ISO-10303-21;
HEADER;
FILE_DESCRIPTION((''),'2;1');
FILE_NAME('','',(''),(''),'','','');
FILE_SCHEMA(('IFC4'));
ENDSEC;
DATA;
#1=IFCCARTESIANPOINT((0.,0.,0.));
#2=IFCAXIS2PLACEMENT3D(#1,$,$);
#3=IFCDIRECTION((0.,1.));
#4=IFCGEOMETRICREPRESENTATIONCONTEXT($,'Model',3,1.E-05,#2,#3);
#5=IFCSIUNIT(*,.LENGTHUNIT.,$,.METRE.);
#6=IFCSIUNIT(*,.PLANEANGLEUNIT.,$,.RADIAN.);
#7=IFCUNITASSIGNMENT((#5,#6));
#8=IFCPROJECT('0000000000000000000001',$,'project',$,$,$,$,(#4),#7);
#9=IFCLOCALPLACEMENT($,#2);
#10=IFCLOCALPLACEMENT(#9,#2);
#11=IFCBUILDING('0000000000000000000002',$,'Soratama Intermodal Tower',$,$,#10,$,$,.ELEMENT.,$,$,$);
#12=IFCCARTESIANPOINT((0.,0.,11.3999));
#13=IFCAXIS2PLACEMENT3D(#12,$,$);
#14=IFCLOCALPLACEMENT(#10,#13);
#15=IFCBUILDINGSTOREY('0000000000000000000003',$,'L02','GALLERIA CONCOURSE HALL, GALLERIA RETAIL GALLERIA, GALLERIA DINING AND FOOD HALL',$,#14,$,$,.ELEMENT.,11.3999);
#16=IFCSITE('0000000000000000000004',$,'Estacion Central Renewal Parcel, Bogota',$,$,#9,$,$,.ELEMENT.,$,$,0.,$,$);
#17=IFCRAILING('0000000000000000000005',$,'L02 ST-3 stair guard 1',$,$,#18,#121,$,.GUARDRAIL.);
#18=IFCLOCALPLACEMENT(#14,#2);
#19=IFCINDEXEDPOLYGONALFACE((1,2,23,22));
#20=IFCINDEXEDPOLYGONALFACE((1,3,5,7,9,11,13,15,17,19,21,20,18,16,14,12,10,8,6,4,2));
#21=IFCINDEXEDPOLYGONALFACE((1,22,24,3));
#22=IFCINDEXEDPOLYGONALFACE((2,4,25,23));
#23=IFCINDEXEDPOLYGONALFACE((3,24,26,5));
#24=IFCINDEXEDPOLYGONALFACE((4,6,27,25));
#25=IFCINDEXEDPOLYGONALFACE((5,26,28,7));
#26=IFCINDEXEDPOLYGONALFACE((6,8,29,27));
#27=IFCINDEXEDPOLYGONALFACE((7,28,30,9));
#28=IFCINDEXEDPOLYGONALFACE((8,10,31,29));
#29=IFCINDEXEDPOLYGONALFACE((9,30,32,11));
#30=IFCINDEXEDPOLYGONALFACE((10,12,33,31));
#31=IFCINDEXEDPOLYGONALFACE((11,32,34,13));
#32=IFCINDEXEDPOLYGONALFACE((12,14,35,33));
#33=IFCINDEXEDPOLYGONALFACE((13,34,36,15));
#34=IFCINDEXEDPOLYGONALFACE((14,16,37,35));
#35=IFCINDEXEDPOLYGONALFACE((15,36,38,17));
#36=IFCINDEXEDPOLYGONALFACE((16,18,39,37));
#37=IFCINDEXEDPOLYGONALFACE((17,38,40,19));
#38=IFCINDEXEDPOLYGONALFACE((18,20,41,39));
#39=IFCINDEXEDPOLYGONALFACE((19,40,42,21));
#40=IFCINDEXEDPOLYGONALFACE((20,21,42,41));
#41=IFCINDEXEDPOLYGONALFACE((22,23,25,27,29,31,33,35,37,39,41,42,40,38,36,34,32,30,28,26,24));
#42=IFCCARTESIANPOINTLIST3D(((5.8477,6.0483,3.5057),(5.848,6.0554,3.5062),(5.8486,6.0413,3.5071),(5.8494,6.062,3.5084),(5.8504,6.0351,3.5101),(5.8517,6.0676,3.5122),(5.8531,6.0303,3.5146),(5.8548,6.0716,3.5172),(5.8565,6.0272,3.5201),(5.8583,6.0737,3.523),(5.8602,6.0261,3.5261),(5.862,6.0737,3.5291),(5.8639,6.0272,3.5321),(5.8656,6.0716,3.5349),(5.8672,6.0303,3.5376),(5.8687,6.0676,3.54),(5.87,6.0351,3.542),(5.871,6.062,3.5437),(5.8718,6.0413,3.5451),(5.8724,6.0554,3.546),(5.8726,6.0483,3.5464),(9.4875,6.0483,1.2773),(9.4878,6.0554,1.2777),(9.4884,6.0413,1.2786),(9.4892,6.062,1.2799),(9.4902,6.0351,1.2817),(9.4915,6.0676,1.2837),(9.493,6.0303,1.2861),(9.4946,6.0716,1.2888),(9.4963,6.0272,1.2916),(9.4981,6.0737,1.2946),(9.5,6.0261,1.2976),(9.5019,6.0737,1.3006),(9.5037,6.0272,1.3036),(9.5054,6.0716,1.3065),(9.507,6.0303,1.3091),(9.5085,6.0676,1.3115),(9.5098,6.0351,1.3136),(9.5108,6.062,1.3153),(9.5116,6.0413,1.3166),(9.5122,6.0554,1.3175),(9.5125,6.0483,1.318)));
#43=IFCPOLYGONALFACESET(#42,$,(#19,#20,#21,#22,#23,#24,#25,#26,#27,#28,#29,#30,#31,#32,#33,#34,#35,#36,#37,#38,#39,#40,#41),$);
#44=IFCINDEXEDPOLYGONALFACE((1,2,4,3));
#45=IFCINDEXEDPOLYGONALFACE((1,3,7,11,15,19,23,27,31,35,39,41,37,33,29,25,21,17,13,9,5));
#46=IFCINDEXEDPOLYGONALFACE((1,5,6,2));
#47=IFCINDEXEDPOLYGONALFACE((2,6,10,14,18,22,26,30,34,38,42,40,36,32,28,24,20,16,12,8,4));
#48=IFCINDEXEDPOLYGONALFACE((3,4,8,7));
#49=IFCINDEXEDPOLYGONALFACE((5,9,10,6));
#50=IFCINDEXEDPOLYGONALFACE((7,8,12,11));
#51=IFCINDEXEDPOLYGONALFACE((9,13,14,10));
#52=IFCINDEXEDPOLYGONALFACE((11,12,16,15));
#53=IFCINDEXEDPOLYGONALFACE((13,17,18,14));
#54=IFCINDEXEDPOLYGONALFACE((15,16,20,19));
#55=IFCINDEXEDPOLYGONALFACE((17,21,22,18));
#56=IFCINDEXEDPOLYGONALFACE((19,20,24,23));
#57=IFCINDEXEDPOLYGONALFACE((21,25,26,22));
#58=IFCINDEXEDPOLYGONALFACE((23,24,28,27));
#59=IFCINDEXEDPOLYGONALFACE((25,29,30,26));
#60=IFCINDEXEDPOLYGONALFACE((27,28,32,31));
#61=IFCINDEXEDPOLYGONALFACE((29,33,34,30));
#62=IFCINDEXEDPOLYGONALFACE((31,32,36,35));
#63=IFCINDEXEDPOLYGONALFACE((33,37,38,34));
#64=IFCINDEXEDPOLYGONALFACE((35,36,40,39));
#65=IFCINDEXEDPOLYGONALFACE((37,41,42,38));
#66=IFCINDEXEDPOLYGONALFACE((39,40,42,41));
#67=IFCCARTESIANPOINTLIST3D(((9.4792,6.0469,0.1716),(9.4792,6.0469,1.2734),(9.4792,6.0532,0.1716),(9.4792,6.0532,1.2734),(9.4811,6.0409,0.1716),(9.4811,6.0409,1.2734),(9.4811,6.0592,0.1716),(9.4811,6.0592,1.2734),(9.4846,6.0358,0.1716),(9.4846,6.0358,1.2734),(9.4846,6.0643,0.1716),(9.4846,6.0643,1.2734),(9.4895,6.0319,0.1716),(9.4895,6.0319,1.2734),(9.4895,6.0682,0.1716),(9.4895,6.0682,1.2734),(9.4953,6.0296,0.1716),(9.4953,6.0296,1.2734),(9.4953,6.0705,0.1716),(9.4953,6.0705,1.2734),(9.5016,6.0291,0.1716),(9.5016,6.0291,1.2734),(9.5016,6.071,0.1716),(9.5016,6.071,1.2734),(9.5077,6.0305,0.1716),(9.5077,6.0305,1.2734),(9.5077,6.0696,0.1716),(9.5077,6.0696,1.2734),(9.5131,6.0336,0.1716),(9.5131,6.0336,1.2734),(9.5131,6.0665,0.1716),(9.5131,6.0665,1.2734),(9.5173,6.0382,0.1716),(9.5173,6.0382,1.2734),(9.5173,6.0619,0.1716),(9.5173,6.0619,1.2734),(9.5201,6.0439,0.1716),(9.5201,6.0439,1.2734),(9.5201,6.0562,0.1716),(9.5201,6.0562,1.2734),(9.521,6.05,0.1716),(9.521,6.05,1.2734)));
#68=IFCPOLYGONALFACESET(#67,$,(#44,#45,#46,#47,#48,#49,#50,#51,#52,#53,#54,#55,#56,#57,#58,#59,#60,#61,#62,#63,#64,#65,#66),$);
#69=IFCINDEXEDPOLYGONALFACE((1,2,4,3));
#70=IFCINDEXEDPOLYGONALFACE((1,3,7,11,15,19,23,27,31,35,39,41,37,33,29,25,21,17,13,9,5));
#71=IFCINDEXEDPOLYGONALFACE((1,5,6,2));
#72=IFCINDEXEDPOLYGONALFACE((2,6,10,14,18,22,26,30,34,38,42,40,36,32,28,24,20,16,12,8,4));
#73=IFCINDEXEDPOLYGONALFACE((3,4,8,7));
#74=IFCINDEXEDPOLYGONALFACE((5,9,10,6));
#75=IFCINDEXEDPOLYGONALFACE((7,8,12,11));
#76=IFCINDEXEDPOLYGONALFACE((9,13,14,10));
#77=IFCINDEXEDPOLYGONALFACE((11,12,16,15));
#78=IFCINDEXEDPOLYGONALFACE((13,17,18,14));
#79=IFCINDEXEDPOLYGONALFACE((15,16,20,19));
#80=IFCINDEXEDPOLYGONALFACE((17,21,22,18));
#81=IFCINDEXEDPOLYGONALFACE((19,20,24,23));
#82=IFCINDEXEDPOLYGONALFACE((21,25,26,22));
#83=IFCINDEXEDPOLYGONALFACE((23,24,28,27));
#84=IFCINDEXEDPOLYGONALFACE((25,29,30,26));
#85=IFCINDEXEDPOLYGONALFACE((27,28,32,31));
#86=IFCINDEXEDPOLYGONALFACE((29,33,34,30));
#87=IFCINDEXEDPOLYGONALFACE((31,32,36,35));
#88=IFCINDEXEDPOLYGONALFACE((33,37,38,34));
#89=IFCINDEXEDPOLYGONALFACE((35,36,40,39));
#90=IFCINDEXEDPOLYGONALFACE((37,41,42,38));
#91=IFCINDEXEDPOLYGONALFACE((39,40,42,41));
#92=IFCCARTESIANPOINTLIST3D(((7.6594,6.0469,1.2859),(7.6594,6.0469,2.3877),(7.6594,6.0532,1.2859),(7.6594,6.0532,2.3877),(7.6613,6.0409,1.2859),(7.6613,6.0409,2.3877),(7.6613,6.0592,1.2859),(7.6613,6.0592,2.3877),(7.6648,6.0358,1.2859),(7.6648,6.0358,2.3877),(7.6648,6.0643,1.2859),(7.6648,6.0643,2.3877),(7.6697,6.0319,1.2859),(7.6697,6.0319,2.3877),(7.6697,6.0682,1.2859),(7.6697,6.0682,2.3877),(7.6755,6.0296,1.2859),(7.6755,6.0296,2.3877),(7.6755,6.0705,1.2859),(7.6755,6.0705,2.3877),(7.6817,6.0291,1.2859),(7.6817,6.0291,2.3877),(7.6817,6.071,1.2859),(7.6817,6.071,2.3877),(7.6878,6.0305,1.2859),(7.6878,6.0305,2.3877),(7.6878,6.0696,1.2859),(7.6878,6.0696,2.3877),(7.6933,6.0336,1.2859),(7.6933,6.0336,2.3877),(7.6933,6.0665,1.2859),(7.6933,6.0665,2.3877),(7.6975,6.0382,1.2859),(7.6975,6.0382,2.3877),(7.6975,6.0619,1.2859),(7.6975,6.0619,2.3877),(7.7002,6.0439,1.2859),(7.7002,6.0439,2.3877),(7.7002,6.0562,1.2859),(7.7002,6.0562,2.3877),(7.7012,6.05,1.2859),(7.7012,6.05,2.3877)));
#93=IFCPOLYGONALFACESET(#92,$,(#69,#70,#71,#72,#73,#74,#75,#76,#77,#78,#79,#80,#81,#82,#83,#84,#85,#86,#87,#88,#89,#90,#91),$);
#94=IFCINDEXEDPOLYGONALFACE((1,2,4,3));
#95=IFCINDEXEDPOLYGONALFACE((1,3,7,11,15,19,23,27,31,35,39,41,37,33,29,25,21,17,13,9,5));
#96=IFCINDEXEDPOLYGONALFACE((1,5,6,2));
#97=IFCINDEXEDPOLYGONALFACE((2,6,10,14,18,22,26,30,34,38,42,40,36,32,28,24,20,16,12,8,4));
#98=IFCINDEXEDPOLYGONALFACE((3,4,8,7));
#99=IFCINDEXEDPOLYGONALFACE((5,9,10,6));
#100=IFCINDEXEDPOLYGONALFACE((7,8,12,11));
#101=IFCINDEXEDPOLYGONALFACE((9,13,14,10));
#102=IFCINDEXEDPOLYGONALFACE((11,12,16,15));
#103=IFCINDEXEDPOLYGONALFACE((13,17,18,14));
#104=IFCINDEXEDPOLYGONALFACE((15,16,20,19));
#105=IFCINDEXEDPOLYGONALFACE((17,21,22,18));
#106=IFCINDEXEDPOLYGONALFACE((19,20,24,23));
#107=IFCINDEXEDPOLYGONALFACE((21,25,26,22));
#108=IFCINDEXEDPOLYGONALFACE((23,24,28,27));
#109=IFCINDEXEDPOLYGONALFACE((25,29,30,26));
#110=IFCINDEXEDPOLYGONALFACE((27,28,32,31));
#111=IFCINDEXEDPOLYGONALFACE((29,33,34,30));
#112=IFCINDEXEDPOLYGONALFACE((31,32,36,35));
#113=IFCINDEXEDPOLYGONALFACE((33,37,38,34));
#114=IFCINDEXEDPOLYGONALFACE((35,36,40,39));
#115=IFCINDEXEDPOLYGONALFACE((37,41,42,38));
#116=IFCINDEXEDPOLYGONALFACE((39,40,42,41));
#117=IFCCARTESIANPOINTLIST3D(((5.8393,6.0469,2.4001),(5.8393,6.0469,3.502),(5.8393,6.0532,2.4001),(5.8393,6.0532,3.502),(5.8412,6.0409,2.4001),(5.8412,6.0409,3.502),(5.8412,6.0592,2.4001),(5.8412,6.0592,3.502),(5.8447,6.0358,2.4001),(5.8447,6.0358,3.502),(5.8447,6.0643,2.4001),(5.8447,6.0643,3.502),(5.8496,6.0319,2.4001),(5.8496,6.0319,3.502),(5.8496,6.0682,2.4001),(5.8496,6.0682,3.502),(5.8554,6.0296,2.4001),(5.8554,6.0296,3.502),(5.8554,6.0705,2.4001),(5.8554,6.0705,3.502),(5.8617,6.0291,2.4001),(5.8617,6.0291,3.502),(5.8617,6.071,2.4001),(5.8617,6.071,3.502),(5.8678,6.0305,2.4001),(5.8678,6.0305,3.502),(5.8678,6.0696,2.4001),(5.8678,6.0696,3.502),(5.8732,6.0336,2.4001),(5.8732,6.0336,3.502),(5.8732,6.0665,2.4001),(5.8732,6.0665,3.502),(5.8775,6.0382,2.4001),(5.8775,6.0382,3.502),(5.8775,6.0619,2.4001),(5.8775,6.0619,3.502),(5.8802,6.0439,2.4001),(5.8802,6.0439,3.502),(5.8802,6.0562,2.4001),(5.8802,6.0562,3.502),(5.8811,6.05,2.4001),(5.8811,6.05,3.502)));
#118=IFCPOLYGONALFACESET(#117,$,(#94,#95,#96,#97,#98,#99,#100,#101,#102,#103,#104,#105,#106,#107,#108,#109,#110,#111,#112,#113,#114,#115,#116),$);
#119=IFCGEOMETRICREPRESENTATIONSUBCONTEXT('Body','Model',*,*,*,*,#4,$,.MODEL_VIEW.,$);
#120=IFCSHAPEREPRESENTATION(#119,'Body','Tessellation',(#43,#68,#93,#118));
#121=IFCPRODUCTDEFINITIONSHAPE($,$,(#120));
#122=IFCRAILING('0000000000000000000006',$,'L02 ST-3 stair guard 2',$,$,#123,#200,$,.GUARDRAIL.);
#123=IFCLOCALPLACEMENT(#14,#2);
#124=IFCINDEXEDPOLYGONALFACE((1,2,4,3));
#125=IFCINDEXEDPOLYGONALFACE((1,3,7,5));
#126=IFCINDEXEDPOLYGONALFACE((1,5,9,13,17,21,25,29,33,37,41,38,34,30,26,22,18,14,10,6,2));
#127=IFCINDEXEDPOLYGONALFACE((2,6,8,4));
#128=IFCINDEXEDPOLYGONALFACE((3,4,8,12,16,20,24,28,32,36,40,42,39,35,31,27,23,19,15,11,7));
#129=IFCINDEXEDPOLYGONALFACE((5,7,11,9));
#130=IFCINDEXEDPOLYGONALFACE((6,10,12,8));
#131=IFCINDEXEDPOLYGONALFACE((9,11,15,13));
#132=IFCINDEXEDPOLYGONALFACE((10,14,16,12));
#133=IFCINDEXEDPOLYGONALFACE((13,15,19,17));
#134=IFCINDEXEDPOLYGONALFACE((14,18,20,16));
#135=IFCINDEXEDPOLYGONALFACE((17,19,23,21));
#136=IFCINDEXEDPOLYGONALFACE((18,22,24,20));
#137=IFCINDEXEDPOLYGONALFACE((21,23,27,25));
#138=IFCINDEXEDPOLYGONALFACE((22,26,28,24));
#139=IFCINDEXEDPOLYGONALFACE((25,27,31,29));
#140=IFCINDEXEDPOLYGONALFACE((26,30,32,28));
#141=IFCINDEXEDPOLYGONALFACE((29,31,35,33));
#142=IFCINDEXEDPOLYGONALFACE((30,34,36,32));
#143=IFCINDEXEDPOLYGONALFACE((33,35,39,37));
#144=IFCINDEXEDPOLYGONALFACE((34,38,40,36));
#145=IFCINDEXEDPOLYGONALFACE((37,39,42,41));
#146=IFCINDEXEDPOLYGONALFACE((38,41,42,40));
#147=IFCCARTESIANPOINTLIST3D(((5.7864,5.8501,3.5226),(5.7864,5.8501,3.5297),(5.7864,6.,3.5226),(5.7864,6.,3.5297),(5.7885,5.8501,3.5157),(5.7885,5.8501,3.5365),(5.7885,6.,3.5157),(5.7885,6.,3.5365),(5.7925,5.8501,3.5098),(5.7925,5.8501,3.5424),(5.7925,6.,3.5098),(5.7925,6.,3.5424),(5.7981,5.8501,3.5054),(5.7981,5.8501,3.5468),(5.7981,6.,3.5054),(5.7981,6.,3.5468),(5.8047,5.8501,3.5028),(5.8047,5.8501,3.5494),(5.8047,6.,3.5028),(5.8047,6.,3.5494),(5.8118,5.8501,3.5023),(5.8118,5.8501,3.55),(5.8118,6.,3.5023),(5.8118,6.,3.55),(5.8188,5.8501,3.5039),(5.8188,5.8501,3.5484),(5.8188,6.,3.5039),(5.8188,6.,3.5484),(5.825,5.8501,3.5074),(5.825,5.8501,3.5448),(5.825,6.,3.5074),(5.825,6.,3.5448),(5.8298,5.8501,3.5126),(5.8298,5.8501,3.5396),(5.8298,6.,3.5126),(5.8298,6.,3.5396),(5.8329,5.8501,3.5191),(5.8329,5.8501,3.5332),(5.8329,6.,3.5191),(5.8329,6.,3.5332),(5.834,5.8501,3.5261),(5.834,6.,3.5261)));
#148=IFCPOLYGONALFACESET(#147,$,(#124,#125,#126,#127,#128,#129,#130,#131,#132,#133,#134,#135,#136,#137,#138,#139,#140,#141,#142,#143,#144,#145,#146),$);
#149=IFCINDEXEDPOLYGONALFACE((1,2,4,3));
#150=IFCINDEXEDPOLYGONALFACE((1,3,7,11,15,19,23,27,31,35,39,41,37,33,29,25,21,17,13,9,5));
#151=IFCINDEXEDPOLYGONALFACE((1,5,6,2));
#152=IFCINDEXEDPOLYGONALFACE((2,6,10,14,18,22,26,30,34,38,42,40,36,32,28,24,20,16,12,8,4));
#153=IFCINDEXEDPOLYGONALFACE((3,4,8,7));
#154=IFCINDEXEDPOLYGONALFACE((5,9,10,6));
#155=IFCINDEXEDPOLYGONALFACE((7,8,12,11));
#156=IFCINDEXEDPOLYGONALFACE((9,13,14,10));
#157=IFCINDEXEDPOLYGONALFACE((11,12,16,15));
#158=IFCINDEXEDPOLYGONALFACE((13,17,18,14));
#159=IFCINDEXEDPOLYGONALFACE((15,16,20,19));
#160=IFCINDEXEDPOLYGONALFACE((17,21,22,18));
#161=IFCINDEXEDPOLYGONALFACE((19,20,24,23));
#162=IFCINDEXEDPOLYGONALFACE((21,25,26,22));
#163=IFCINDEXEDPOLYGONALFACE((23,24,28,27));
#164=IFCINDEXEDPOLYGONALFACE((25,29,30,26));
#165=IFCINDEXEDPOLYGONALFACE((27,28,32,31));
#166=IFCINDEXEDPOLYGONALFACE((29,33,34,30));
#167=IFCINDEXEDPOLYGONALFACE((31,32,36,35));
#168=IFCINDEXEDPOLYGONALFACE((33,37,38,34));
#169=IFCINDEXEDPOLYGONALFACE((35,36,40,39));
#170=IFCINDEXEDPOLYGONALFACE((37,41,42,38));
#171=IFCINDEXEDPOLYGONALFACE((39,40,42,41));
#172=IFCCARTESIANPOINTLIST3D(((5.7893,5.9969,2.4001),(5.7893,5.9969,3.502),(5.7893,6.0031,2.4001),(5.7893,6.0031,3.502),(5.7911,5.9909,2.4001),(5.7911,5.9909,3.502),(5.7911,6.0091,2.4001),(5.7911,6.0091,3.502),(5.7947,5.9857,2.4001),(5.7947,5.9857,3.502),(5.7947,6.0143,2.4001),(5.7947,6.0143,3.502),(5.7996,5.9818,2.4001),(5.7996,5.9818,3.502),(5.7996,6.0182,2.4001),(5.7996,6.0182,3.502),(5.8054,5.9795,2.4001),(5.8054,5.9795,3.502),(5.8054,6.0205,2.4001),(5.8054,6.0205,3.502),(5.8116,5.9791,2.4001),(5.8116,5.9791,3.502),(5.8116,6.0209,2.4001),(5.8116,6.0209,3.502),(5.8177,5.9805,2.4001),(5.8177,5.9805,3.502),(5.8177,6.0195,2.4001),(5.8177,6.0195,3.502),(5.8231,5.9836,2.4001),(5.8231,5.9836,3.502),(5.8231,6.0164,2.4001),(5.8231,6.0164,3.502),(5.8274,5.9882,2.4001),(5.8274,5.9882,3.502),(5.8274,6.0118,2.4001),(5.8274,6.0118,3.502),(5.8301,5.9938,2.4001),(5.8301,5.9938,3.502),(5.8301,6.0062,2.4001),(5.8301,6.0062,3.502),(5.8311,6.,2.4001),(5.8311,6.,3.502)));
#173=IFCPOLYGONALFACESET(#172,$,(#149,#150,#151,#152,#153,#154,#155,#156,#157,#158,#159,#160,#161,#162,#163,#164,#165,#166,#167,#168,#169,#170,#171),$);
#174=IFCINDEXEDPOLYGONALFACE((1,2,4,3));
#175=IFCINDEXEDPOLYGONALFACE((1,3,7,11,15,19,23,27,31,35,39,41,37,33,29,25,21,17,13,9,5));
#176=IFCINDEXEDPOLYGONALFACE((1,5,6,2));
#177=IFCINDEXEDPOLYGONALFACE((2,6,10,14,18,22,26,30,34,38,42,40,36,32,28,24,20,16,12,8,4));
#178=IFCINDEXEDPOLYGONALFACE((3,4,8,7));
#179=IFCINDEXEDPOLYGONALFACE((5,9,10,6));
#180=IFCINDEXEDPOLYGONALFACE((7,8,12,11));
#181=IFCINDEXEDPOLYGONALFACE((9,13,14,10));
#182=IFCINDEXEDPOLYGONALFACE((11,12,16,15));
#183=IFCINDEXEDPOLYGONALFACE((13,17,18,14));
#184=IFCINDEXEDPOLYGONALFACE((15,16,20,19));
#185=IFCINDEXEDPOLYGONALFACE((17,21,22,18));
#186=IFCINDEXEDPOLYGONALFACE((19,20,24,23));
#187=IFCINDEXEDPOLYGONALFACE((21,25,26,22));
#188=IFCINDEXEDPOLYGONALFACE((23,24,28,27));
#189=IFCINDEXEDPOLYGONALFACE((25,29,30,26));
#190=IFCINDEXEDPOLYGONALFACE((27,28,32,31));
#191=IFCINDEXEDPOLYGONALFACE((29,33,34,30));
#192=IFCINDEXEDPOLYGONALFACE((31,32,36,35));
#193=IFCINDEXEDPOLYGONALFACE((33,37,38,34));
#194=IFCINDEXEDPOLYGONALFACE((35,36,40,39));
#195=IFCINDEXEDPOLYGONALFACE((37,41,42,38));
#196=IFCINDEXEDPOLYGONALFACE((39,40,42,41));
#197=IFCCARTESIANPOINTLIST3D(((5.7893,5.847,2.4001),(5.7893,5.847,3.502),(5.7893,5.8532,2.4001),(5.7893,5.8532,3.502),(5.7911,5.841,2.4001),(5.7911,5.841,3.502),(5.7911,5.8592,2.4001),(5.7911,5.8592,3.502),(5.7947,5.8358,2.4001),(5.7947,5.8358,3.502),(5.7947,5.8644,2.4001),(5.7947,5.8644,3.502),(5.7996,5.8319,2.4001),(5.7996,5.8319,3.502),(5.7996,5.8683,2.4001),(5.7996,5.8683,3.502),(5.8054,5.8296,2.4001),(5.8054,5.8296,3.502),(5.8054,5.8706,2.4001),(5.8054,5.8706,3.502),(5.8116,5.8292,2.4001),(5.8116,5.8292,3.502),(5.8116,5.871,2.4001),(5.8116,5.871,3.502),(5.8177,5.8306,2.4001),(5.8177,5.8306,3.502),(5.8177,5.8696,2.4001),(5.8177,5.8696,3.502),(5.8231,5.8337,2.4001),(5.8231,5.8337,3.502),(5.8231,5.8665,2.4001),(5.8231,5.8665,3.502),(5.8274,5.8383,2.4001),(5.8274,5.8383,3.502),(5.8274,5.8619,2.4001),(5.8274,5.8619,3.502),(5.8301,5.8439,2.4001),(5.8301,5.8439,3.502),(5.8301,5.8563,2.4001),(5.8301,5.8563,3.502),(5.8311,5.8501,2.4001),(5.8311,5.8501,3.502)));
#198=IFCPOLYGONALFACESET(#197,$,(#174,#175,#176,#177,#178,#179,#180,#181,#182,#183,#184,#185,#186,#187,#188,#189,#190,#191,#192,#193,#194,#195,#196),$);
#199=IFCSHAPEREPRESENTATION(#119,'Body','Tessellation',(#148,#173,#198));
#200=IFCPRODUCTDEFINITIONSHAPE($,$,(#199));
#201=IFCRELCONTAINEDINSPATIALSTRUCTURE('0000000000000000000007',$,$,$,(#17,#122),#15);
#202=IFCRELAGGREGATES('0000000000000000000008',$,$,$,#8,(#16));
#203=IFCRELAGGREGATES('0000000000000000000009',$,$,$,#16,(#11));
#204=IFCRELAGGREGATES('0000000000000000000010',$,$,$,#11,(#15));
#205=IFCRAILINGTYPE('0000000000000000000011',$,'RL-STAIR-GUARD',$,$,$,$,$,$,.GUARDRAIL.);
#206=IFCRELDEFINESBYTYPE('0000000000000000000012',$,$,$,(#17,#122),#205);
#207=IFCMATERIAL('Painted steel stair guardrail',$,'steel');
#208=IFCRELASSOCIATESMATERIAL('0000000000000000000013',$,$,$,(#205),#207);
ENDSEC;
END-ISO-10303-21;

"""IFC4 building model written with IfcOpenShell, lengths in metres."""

from ifc_helpers import new_model, si_unit, direction, frame, origin, origin_2d, place, context, subcontext, project, spatial, circle, extrude, material, type_object, element, save


model = new_model("IFC4")

# Units and contexts
model_context = context("Model", 3, precision=1e-05, world=origin(), true_north=direction((0.0, 1.0)))
body_context = subcontext(model_context, "Body", "Model", "MODEL_VIEW")
ifc_project = project(units=[si_unit("LENGTHUNIT", "METRE"), si_unit("PLANEANGLEUNIT", "RADIAN")], contexts=[model_context])

# Site, building, storey
site_placement = place(None, origin())
site = spatial("IfcSite", under=ifc_project, at=site_placement, Name="Estacion Central Renewal Parcel, Bogota", CompositionType="ELEMENT", RefElevation=0.0)
building_placement = place(site_placement, origin())
building = spatial("IfcBuilding", under=site, at=building_placement, Name="Soratama Intermodal Tower", CompositionType="ELEMENT")
storey_placement = place(building_placement, frame((0.0, 0.0, 11.3999)))
storey = spatial("IfcBuildingStorey", under=building, at=storey_placement, Name="L02", Description="GALLERIA CONCOURSE HALL, GALLERIA RETAIL GALLERIA, GALLERIA DINING AND FOOD HALL", CompositionType="ELEMENT", Elevation=11.3999)

# Railings
ifc_material_1 = material(Name="Painted steel stair guardrail", Category="steel")
railing_type_1 = type_object("IfcRailingType", Name="RL-STAIR-GUARD", PredefinedType="GUARDRAIL", material=ifc_material_1)
railing_1_placement = place(storey_placement, frame((9.5, 6.05, 0.1716)))
element("IfcRailing", 1, at=railing_1_placement, inside=storey, type_object=railing_type_1, Name="L02 ST-3 stair guard 1", PredefinedType="GUARDRAIL", context=body_context, shape_type="SweptSolid", body=[
    extrude(circle(Radius=0.0239, at=origin_2d()), frame((0.0, 0.0, 1.126), z_axis=(-0.85285, 0.0, 0.522156), x_axis=(0.0, -1.0, 0.0)), (0.0, 0.0, 1.0), 4.2678),
    extrude(circle(Radius=0.021, at=origin_2d()), origin(), (0.0, 0.0, 1.0), 1.1018),
    extrude(circle(Radius=0.021, at=origin_2d()), frame((-1.8198, 0.0, 1.1143)), (0.0, 0.0, 1.0), 1.1018),
    extrude(circle(Radius=0.021, at=origin_2d()), frame((-3.6399, 0.0, 2.2285)), (0.0, 0.0, 1.0), 1.1018),
])
railing_2_placement = place(storey_placement, frame((5.8101, 6.0, 2.4001)))
element("IfcRailing", 2, at=railing_2_placement, inside=storey, type_object=railing_type_1, Name="L02 ST-3 stair guard 2", PredefinedType="GUARDRAIL", context=body_context, shape_type="SweptSolid", body=[
    extrude(circle(Radius=0.0239, at=origin_2d()), frame((0.0, 0.0, 1.126), z_axis=(0.0, -1.0, 0.0), x_axis=(1.0, 0.0, 0.0)), (0.0, 0.0, 1.0), 0.1499),
    extrude(circle(Radius=0.021, at=origin_2d()), origin(), (0.0, 0.0, 1.0), 1.1018),
    extrude(circle(Radius=0.021, at=origin_2d()), frame((0.0, -0.1499, 0.0)), (0.0, 0.0, 1.0), 1.1018),
])

save(model, "model.ifc")
